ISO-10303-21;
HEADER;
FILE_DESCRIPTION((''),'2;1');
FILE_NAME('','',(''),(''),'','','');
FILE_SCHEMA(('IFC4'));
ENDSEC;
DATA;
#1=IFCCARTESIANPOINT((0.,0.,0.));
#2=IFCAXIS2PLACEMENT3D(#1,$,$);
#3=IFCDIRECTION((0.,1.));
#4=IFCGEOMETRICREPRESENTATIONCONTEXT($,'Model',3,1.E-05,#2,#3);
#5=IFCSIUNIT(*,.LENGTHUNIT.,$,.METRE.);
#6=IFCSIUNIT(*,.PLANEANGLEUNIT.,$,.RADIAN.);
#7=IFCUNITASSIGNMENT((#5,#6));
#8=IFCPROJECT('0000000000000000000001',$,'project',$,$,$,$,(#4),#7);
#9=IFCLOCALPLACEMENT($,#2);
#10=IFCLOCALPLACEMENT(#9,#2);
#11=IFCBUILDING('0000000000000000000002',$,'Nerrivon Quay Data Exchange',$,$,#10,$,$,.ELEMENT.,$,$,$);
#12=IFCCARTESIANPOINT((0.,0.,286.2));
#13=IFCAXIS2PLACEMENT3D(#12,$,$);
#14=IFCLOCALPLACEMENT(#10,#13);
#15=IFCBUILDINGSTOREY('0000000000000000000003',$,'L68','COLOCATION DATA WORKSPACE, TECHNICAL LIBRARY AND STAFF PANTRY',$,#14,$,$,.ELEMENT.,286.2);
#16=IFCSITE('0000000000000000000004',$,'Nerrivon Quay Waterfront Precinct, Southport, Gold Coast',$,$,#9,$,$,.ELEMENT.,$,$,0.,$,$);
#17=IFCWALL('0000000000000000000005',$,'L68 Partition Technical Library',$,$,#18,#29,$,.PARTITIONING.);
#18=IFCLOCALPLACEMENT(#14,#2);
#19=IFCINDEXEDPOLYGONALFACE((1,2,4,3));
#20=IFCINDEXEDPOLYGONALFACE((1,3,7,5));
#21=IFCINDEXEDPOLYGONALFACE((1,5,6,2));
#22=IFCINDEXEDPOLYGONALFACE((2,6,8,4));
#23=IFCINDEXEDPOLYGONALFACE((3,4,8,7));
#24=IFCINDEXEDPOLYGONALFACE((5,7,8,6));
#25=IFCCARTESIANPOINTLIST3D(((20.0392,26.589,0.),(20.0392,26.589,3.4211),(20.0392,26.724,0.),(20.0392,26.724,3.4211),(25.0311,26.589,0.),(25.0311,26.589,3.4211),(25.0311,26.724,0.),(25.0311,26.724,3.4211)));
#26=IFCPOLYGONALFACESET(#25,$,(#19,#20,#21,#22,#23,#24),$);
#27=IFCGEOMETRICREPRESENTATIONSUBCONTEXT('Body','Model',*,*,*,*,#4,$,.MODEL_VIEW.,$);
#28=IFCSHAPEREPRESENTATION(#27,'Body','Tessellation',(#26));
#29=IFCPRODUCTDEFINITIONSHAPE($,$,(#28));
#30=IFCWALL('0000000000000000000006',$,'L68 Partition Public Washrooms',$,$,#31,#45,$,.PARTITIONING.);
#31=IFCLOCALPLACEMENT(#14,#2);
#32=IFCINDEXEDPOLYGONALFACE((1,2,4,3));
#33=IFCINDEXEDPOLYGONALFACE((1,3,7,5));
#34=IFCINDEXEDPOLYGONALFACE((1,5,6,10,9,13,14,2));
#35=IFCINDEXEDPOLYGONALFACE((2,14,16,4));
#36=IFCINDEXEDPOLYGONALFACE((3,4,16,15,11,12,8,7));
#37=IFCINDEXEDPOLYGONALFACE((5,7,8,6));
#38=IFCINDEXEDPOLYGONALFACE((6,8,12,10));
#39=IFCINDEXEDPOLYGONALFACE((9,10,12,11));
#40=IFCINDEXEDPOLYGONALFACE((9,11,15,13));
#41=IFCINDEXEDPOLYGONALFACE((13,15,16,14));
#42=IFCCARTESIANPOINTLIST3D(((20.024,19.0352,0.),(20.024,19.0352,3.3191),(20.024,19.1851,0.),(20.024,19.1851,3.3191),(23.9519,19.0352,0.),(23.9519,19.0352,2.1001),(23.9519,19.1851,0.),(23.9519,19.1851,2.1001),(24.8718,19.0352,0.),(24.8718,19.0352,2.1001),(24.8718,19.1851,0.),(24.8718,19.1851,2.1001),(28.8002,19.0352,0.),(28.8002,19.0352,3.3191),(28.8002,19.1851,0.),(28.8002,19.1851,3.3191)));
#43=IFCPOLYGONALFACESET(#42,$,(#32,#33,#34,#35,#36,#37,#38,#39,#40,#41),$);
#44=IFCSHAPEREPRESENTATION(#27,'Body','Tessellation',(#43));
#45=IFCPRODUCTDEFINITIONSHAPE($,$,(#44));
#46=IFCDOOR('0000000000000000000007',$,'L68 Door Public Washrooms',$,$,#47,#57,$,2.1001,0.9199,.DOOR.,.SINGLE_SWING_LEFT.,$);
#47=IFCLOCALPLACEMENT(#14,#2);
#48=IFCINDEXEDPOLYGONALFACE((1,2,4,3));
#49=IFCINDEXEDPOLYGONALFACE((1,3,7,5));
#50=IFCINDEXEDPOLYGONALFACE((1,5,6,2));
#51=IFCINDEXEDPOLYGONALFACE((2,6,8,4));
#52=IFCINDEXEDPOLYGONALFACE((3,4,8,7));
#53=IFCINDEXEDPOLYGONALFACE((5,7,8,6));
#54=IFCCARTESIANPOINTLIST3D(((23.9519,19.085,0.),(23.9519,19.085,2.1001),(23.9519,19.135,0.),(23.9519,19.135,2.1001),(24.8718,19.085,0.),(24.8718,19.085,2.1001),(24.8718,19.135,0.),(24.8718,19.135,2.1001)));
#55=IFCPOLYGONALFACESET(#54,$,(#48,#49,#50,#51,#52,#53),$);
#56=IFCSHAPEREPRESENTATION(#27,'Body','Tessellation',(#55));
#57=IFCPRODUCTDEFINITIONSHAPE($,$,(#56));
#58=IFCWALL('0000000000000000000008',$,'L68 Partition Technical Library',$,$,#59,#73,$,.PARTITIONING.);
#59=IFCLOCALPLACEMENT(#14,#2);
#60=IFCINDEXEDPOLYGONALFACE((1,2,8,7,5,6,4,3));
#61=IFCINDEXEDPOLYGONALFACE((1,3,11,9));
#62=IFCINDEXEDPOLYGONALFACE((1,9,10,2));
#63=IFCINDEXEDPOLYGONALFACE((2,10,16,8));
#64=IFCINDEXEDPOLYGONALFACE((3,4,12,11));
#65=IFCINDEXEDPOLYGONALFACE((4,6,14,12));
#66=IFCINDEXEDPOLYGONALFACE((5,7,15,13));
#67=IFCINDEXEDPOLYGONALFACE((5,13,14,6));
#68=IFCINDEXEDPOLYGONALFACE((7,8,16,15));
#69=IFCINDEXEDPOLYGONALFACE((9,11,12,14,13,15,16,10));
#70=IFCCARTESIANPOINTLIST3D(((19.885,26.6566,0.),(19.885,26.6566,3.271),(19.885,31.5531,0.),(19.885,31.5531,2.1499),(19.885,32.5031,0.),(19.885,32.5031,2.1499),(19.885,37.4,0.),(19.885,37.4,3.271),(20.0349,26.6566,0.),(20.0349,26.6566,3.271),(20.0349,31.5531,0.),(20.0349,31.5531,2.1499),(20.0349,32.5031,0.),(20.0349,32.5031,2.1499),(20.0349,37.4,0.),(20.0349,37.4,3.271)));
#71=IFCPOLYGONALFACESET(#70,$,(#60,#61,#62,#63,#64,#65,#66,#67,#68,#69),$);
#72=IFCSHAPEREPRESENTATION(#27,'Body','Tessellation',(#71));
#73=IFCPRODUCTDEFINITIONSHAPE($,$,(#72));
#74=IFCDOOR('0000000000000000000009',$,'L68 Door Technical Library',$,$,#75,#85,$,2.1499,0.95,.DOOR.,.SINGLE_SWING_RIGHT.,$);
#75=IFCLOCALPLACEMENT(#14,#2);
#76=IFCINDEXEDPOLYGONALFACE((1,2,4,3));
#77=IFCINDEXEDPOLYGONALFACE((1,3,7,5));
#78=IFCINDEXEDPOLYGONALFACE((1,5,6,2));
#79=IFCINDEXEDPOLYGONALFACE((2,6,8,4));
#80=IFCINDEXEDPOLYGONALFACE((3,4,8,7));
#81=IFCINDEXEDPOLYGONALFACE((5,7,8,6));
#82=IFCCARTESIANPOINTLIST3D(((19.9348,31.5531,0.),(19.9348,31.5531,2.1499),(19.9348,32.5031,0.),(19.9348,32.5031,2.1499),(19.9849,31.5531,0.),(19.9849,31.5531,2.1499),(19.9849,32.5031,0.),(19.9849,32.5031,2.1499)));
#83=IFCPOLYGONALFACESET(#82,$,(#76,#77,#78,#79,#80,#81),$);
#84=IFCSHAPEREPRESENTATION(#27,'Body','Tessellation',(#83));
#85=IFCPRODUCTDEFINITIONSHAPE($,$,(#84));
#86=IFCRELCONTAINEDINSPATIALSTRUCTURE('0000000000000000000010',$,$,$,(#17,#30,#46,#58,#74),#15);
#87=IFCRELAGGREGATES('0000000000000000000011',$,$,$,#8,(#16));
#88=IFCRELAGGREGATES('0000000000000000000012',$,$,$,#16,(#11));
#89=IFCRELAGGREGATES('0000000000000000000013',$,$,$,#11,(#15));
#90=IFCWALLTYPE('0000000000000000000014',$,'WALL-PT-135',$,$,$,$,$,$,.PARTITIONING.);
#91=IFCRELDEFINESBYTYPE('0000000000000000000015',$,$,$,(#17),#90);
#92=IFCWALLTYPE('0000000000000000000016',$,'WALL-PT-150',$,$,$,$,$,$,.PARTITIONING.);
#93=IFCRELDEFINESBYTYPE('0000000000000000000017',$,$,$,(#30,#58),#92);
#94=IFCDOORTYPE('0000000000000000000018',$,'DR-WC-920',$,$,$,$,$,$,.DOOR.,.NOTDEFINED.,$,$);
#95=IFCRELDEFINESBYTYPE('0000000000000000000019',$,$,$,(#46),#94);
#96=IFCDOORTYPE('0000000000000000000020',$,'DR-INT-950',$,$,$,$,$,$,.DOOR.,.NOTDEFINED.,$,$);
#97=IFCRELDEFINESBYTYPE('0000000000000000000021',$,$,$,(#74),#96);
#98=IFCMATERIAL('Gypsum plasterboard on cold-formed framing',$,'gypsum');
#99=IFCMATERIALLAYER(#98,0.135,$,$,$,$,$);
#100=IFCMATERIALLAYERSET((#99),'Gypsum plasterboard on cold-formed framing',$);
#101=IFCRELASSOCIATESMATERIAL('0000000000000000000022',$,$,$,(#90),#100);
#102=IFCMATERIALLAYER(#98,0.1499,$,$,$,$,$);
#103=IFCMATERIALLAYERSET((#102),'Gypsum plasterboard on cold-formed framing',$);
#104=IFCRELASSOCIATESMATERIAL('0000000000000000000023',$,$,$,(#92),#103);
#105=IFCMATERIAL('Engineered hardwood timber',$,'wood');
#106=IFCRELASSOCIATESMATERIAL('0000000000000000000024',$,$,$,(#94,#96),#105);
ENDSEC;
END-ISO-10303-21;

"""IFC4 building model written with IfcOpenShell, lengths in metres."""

from ifc_helpers import new_model, si_unit, direction, frame, frame_2d, origin, place, context, subcontext, project, spatial, rectangle, extrude, material, layer, layer_set, type_object, element, fill, save


model = new_model("IFC4")

# Units and contexts
model_context = context("Model", 3, precision=1e-05, world=origin(), true_north=direction((0.0, 1.0)))
body_context = subcontext(model_context, "Body", "Model", "MODEL_VIEW")
ifc_project = project(units=[si_unit("LENGTHUNIT", "METRE"), si_unit("PLANEANGLEUNIT", "RADIAN")], contexts=[model_context])

# Site, building, storey
site_placement = place(None, origin())
site = spatial("IfcSite", under=ifc_project, at=site_placement, Name="Nerrivon Quay Waterfront Precinct, Southport, Gold Coast", CompositionType="ELEMENT", RefElevation=0.0)
building_placement = place(site_placement, origin())
building = spatial("IfcBuilding", under=site, at=building_placement, Name="Nerrivon Quay Data Exchange", CompositionType="ELEMENT")
storey_placement = place(building_placement, frame((0.0, 0.0, 286.2)))
storey = spatial("IfcBuildingStorey", under=building, at=storey_placement, Name="L68", Description="COLOCATION DATA WORKSPACE, TECHNICAL LIBRARY AND STAFF PANTRY", CompositionType="ELEMENT", Elevation=286.2)

# Shared definitions
ifc_material_1 = material(Name="Gypsum plasterboard on cold-formed framing", Category="gypsum")

# Shared definitions
ifc_material_2 = material(Name="Engineered hardwood timber", Category="wood")

# Wall
ifc_layer_1 = layer(ifc_material_1, 0.135)
ifc_layer_set_1 = layer_set([ifc_layer_1], Name="Gypsum plasterboard on cold-formed framing")
wall_type_1 = type_object("IfcWallType", Name="WALL-PT-135", PredefinedType="PARTITIONING", material=ifc_layer_set_1)
wall_1_placement = place(storey_placement, frame((20.0391, 26.6565, 0.0), z_axis=(0.0, 0.0, 1.0), x_axis=(1.0, 0.0, 0.0)))
element("IfcWall", 1, at=wall_1_placement, inside=storey, type_object=wall_type_1, Name="L68 Partition Technical Library", PredefinedType="PARTITIONING", context=body_context, shape_type="SweptSolid", body=[
    extrude(rectangle(XDim=4.9919, YDim=0.135, at=frame_2d((2.4961, 0.0))), origin(), (0.0, 0.0, 1.0), 3.4211),
])

# Walls, openings, doors
ifc_layer_2 = layer(ifc_material_1, 0.1499)
ifc_layer_set_2 = layer_set([ifc_layer_2], Name="Gypsum plasterboard on cold-formed framing")
wall_type_2 = type_object("IfcWallType", Name="WALL-PT-150", PredefinedType="PARTITIONING", material=ifc_layer_set_2)
wall_2_placement = place(storey_placement, frame((20.0239, 19.1101, 0.0), z_axis=(0.0, 0.0, 1.0), x_axis=(1.0, 0.0, 0.0)))
wall_2 = element("IfcWall", 2, at=wall_2_placement, inside=storey, type_object=wall_type_2, Name="L68 Partition Public Washrooms", PredefinedType="PARTITIONING", context=body_context, shape_type="SweptSolid", body=[
    extrude(rectangle(XDim=8.7761, YDim=0.1499, at=frame_2d((4.3882, 0.0))), origin(), (0.0, 0.0, 1.0), 3.3191),
])
opening_1_placement = place(wall_2_placement, frame((3.928, 0.0, 0.0)))
opening_1 = element("IfcOpeningElement", 3, at=opening_1_placement, cuts=wall_2, PredefinedType="OPENING", context=body_context, shape_type="SweptSolid", body=[
    extrude(rectangle(XDim=0.9199, YDim=2.1001, at=frame_2d((0.46, 1.05))), frame((0.0, 0.085, 0.0), z_axis=(0.0, -1.0, 0.0), x_axis=(1.0, 0.0, 0.0)), (0.0, 0.0, 1.0), 0.1699),
])
door_type_1 = type_object("IfcDoorType", Name="DR-WC-920", OperationType="NOTDEFINED", PredefinedType="DOOR", material=ifc_material_2)
door_1_placement = place(opening_1_placement, origin())
door_1 = element("IfcDoor", 4, at=door_1_placement, inside=storey, type_object=door_type_1, Name="L68 Door Public Washrooms", OperationType="SINGLE_SWING_LEFT", OverallHeight=2.1001, OverallWidth=0.9199, PredefinedType="DOOR", context=body_context, shape_type="SweptSolid", body=[
    extrude(rectangle(XDim=0.9199, YDim=2.1001, at=frame_2d((0.46, 1.05))), frame((0.0, 0.0249, 0.0), z_axis=(0.0, -1.0, 0.0), x_axis=(1.0, 0.0, 0.0)), (0.0, 0.0, 1.0), 0.05),
])
fill(opening_1, door_1)
wall_3_placement = place(storey_placement, frame((19.96, 37.3999, 0.0), z_axis=(0.0, 0.0, 1.0), x_axis=(0.0, -1.0, 0.0)))
wall_3 = element("IfcWall", 5, at=wall_3_placement, inside=storey, type_object=wall_type_2, Name="L68 Partition Technical Library", PredefinedType="PARTITIONING", context=body_context, shape_type="SweptSolid", body=[
    extrude(rectangle(XDim=10.7434, YDim=0.1499, at=frame_2d((5.3716, 0.0))), origin(), (0.0, 0.0, 1.0), 3.271),
])
opening_2_placement = place(wall_3_placement, frame((4.8967, 0.0, 0.0)))
opening_2 = element("IfcOpeningElement", 6, at=opening_2_placement, cuts=wall_3, PredefinedType="OPENING", context=body_context, shape_type="SweptSolid", body=[
    extrude(rectangle(XDim=0.95, YDim=2.1499, at=frame_2d((0.4751, 1.075))), frame((0.0, 0.085, 0.0), z_axis=(0.0, -1.0, 0.0), x_axis=(1.0, 0.0, 0.0)), (0.0, 0.0, 1.0), 0.1699),
])
door_type_2 = type_object("IfcDoorType", Name="DR-INT-950", OperationType="NOTDEFINED", PredefinedType="DOOR", material=ifc_material_2)
door_2_placement = place(opening_2_placement, origin())
door_2 = element("IfcDoor", 7, at=door_2_placement, inside=storey, type_object=door_type_2, Name="L68 Door Technical Library", OperationType="SINGLE_SWING_RIGHT", OverallHeight=2.1499, OverallWidth=0.95, PredefinedType="DOOR", context=body_context, shape_type="SweptSolid", body=[
    extrude(rectangle(XDim=0.95, YDim=2.1499, at=frame_2d((0.4751, 1.075))), frame((0.0, 0.0249, 0.0), z_axis=(0.0, -1.0, 0.0), x_axis=(1.0, 0.0, 0.0)), (0.0, 0.0, 1.0), 0.05),
])
fill(opening_2, door_2)

save(model, "model.ifc")
